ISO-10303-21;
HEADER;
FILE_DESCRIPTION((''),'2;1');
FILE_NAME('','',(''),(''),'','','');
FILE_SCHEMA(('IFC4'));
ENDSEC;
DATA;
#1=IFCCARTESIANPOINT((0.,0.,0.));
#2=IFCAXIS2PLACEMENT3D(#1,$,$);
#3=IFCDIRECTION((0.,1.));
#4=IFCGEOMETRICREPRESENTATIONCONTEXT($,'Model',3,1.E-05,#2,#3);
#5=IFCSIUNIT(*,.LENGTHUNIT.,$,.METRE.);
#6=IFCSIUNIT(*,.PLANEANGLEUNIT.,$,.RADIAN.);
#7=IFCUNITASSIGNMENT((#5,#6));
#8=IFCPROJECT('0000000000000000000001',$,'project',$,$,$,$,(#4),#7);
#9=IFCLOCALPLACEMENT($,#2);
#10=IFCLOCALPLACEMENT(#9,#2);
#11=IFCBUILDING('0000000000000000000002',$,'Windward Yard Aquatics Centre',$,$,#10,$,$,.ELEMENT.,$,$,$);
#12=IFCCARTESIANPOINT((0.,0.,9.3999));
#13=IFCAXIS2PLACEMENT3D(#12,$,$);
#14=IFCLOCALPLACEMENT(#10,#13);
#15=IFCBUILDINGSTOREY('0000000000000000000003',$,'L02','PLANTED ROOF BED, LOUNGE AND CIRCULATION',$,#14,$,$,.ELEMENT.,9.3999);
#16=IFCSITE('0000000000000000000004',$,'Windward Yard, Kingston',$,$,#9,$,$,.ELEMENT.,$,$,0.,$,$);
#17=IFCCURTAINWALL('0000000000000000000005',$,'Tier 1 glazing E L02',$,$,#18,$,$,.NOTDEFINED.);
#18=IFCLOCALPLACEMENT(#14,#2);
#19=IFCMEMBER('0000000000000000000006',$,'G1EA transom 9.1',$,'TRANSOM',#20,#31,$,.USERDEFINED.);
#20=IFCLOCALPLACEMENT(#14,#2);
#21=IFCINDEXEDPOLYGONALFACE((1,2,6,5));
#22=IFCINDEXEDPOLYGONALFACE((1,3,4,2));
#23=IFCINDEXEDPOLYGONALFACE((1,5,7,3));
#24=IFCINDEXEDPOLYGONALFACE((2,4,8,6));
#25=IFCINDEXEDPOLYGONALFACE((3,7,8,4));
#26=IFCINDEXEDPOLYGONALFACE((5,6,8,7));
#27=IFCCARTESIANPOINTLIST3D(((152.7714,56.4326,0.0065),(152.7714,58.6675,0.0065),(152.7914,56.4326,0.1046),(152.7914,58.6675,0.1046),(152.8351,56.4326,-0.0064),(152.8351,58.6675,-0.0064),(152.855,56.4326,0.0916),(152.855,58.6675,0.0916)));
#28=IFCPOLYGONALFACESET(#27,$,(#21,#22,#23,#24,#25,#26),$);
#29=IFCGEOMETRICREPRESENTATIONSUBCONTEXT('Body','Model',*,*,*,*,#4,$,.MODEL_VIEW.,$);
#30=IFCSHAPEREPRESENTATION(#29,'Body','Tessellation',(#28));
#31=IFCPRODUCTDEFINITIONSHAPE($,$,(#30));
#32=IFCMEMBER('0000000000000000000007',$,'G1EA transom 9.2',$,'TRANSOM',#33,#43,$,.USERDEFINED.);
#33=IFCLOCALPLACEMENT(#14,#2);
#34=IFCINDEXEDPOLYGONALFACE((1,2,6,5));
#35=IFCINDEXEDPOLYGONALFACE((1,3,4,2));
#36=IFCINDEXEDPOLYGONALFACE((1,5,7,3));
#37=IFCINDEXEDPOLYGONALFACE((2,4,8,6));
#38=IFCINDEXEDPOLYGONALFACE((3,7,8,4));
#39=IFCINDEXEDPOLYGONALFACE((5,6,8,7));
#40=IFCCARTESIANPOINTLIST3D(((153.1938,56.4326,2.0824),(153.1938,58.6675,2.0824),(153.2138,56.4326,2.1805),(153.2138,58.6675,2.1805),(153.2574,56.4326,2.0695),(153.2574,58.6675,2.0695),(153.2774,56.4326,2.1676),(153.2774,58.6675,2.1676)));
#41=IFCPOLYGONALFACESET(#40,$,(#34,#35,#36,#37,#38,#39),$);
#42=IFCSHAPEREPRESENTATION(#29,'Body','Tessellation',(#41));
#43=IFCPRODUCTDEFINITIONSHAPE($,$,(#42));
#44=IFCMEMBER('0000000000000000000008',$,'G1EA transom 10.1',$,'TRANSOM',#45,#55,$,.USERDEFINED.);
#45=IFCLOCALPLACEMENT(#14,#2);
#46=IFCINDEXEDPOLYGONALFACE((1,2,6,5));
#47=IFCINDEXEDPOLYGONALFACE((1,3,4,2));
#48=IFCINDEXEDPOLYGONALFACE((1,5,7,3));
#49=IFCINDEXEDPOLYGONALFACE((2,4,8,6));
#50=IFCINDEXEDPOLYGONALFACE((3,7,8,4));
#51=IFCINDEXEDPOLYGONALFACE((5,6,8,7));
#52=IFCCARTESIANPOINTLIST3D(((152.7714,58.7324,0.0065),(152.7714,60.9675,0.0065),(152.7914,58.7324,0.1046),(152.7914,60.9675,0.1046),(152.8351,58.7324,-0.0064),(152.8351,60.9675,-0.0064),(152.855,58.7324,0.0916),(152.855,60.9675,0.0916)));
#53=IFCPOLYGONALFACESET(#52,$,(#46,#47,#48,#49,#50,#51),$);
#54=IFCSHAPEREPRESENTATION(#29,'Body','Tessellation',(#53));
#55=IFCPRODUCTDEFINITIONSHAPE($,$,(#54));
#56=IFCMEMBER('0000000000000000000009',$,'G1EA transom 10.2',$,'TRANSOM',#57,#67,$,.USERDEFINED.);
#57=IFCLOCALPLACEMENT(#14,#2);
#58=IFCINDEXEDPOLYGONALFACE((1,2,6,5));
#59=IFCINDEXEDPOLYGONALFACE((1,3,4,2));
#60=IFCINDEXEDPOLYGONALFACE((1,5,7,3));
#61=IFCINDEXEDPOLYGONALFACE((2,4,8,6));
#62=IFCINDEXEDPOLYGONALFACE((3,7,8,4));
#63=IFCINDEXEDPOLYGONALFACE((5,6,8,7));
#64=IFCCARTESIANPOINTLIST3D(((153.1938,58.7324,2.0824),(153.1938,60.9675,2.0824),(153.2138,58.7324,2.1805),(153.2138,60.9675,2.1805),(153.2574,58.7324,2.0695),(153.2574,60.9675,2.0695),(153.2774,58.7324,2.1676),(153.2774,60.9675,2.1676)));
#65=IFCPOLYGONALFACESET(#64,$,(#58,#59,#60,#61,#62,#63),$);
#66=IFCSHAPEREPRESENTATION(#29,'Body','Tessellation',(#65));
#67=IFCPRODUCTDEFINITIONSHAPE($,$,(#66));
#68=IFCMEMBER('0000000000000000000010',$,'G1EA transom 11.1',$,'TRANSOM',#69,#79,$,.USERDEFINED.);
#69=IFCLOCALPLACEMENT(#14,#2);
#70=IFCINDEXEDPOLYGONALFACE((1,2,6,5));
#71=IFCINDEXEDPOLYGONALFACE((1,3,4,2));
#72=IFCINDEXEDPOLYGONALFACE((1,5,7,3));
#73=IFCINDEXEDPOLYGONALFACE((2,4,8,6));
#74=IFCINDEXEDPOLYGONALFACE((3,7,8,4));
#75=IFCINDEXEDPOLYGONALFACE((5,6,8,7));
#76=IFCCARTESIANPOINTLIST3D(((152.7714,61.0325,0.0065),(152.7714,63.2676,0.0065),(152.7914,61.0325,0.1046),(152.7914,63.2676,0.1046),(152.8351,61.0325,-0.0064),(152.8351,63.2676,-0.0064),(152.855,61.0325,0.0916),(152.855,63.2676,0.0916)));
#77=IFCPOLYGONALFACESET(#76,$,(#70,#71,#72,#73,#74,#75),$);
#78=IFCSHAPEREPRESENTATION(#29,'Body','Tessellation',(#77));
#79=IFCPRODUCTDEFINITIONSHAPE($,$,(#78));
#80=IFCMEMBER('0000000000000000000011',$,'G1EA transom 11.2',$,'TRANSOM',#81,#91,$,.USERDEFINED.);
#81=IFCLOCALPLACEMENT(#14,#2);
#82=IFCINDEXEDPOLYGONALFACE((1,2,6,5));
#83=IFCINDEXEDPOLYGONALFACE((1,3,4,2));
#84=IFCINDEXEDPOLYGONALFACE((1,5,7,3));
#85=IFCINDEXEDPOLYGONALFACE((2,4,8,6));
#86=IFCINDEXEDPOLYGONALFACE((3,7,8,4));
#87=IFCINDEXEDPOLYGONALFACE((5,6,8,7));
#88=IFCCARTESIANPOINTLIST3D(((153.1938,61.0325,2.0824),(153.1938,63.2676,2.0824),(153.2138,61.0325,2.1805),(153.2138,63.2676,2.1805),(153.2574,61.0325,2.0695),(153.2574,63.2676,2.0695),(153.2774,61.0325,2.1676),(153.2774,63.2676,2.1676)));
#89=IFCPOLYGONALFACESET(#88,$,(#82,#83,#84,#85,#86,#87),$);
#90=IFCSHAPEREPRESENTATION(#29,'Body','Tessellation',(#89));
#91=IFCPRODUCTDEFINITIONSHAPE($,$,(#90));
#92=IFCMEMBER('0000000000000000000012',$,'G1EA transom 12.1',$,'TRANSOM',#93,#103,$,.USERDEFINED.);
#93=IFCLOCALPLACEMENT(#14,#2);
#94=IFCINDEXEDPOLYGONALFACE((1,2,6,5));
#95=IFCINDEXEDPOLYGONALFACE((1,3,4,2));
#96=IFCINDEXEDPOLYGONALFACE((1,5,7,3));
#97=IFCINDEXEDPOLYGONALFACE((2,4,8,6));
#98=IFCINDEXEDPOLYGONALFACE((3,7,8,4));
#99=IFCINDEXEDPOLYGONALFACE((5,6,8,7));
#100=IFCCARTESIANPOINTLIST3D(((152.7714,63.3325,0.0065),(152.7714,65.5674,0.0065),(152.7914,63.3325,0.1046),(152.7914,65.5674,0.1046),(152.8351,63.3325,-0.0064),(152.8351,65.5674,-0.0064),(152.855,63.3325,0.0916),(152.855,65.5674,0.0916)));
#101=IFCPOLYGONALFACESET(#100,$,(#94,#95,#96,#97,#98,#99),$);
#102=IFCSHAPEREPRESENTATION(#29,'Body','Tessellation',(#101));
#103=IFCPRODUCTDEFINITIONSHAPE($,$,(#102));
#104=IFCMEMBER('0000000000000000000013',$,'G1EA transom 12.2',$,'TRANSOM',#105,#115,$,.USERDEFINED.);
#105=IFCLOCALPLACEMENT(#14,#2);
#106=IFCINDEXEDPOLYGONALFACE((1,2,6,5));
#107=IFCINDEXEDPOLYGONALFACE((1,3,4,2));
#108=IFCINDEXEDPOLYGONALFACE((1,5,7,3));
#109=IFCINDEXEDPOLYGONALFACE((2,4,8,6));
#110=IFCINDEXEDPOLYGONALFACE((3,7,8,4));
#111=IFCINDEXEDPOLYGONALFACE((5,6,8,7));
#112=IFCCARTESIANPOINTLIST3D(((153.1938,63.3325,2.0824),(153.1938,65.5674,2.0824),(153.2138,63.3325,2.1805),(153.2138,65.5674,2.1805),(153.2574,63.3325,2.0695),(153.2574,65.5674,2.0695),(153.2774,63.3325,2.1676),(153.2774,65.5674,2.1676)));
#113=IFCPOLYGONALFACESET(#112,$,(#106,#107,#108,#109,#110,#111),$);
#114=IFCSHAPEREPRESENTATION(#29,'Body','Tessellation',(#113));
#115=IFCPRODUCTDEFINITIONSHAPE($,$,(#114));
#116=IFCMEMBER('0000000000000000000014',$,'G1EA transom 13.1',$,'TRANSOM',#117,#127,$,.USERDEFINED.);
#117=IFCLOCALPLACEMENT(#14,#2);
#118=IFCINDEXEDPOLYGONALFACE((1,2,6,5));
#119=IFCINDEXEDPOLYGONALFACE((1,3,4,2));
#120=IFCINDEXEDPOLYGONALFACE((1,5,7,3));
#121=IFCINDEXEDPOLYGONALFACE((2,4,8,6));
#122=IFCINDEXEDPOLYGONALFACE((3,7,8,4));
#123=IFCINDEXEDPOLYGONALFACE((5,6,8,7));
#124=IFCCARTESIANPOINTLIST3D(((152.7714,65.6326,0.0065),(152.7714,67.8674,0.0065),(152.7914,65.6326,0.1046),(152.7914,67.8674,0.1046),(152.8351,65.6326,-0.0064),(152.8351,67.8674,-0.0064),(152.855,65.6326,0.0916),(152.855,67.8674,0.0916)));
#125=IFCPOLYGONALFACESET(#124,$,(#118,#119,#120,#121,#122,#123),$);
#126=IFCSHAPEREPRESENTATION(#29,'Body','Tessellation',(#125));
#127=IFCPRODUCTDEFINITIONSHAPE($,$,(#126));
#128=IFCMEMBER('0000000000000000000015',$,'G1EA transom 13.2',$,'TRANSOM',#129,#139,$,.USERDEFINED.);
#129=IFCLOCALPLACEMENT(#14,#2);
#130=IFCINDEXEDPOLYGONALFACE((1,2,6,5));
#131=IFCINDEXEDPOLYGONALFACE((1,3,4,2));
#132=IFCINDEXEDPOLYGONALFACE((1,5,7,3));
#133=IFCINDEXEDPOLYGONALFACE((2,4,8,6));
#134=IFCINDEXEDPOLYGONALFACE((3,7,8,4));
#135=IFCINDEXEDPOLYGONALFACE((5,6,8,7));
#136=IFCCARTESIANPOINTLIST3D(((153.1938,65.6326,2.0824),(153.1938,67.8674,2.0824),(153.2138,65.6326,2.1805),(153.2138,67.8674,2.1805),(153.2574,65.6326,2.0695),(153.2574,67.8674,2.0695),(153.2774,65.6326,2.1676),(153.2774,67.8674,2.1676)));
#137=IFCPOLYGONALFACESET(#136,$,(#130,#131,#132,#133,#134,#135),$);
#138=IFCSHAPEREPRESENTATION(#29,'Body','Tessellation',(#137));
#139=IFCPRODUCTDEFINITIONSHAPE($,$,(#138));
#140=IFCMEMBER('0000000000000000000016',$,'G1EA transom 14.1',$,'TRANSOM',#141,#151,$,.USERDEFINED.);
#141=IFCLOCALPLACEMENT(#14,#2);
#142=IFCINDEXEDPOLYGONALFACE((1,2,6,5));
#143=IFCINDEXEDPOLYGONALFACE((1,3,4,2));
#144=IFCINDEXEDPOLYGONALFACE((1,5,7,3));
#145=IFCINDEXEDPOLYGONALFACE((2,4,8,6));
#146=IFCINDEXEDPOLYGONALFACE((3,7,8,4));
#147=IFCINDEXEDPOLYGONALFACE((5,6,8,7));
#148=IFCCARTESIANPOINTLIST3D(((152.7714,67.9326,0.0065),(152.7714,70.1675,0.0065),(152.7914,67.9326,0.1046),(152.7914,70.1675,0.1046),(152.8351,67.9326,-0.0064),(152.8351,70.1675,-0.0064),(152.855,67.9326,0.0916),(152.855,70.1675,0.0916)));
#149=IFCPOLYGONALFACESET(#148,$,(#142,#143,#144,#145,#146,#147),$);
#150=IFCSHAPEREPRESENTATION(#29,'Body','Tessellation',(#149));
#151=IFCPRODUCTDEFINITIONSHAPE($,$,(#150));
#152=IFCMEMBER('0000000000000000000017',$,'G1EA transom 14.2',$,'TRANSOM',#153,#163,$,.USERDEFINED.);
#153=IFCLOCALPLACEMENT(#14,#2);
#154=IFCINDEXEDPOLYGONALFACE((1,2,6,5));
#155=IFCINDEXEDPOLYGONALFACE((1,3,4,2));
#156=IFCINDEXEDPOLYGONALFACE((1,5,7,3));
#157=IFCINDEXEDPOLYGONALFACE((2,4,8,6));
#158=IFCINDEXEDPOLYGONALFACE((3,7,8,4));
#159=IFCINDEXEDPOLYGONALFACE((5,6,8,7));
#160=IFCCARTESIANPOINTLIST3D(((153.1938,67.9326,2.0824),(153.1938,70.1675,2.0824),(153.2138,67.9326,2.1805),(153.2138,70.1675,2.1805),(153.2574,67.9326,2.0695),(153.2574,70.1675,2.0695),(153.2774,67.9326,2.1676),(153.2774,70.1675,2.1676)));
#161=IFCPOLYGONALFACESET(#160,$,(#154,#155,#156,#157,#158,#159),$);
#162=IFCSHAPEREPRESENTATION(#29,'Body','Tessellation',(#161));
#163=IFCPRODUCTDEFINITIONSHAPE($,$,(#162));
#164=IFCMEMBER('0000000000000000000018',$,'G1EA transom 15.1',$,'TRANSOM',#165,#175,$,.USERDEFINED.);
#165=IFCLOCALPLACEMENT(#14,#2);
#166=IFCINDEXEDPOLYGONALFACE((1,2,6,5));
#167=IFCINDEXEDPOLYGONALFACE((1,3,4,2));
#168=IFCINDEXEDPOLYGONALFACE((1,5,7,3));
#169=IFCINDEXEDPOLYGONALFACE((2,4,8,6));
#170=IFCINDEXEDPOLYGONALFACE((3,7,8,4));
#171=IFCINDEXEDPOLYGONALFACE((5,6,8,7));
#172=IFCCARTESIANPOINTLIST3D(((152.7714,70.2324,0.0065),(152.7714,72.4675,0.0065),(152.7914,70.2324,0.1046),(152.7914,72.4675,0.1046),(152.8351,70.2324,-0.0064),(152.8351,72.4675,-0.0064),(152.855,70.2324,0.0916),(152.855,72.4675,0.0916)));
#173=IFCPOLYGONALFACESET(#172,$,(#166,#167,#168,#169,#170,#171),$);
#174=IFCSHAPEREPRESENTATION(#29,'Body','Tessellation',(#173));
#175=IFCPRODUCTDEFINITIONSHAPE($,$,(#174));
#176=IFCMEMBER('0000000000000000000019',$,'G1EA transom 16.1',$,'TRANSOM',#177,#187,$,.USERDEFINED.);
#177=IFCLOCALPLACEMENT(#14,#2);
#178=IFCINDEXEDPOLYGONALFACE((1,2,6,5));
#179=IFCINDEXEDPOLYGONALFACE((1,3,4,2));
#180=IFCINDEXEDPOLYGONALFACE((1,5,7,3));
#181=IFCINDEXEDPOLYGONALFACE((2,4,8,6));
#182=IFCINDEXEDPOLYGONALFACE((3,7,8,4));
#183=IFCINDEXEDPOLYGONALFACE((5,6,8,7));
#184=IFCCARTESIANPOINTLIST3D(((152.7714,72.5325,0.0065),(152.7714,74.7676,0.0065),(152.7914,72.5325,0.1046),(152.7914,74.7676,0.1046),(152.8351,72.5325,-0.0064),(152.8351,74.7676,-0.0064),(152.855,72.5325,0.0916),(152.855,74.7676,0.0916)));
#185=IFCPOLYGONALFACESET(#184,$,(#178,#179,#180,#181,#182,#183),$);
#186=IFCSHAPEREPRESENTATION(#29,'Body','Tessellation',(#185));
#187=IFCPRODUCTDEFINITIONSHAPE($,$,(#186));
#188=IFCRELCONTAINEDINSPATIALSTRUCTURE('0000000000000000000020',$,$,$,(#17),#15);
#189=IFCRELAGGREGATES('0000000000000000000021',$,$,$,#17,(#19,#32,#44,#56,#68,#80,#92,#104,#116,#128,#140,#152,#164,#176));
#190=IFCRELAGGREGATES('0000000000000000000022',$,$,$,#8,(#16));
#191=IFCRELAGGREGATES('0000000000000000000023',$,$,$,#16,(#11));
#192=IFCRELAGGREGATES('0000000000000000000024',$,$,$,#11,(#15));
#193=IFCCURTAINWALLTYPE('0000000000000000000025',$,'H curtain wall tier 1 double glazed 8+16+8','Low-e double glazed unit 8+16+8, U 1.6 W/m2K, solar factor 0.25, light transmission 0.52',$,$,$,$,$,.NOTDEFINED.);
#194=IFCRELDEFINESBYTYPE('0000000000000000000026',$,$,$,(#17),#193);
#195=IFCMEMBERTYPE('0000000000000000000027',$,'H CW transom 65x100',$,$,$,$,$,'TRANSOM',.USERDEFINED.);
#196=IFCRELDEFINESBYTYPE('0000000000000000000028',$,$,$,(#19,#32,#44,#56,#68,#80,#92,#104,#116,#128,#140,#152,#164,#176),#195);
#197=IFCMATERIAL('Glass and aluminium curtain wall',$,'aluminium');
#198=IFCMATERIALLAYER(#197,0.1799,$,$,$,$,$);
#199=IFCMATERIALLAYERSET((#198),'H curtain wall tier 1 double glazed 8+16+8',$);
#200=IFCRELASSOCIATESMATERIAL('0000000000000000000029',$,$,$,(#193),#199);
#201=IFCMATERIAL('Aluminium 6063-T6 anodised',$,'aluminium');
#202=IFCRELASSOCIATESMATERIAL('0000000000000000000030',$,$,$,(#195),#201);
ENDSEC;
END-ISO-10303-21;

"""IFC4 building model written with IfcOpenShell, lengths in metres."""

from ifc_helpers import new_model, si_unit, direction, frame, origin, origin_2d, place, context, subcontext, project, spatial, rectangle, extrude, material, layer, layer_set, material_profile, profile_set, type_object, element, aggregate, save


model = new_model("IFC4")

# Units and contexts
model_context = context("Model", 3, precision=1e-05, world=origin(), true_north=direction((0.0, 1.0)))
body_context = subcontext(model_context, "Body", "Model", "MODEL_VIEW")
ifc_project = project(units=[si_unit("LENGTHUNIT", "METRE"), si_unit("PLANEANGLEUNIT", "RADIAN")], contexts=[model_context])

# Site, building, storey
site_placement = place(None, origin())
site = spatial("IfcSite", under=ifc_project, at=site_placement, Name="Windward Yard, Kingston", CompositionType="ELEMENT", RefElevation=0.0)
building_placement = place(site_placement, origin())
building = spatial("IfcBuilding", under=site, at=building_placement, Name="Windward Yard Aquatics Centre", CompositionType="ELEMENT")
storey_placement = place(building_placement, frame((0.0, 0.0, 9.3999)))
storey = spatial("IfcBuildingStorey", under=building, at=storey_placement, Name="L02", Description="PLANTED ROOF BED, LOUNGE AND CIRCULATION", CompositionType="ELEMENT", Elevation=9.3999)

# Curtain wall, members
ifc_material_1 = material(Name="Glass and aluminium curtain wall", Category="aluminium")
ifc_layer_1 = layer(ifc_material_1, 0.1799)
ifc_layer_set_1 = layer_set([ifc_layer_1], Name="H curtain wall tier 1 double glazed 8+16+8")
curtain_wall_type = type_object("IfcCurtainWallType", Name="H curtain wall tier 1 double glazed 8+16+8", Description="Low-e double glazed unit 8+16+8, U 1.6 W/m2K, solar factor 0.25, light transmission 0.52", PredefinedType="NOTDEFINED", material=ifc_layer_set_1)
curtain_wall_placement = place(storey_placement, origin())
curtain_wall = element("IfcCurtainWall", 1, at=curtain_wall_placement, inside=storey, type_object=curtain_wall_type, Name="Tier 1 glazing E L02", PredefinedType="NOTDEFINED")
ifc_material_2 = material(Name="Aluminium 6063-T6 anodised", Category="aluminium")
ifc_material_profile = material_profile(ifc_material_2, rectangle(XDim=0.0649, YDim=0.1001, at=origin_2d()), Name="H CW transom 65x100")
ifc_profile_set = profile_set([ifc_material_profile], Name="Aluminium 6063-T6 anodised")
member_type = type_object("IfcMemberType", Name="H CW transom 65x100", ElementType="TRANSOM", PredefinedType="USERDEFINED", material=ifc_profile_set)
member_1_placement = place(storey_placement, frame((152.8132, 56.4326, 0.0491), z_axis=(0.0, 1.0, 0.0), x_axis=(-0.979925, 0.0, 0.199368)))
member_1 = element("IfcMember", 2, at=member_1_placement, type_object=member_type, Name="G1EA transom 9.1", ObjectType="TRANSOM", PredefinedType="USERDEFINED", context=body_context, shape_type="SweptSolid", body=[
    extrude(rectangle(XDim=0.0649, YDim=0.1001, at=origin_2d()), origin(), (0.0, 0.0, 1.0), 2.2349),
])
member_2_placement = place(storey_placement, frame((153.2356, 56.4326, 2.125), z_axis=(0.0, 1.0, 0.0), x_axis=(-0.979925, 0.0, 0.199368)))
member_2 = element("IfcMember", 3, at=member_2_placement, type_object=member_type, Name="G1EA transom 9.2", ObjectType="TRANSOM", PredefinedType="USERDEFINED", context=body_context, shape_type="SweptSolid", body=[
    extrude(rectangle(XDim=0.0649, YDim=0.1001, at=origin_2d()), origin(), (0.0, 0.0, 1.0), 2.2349),
])
member_3_placement = place(storey_placement, frame((152.8132, 58.7324, 0.0491), z_axis=(0.0, 1.0, 0.0), x_axis=(-0.979925, 0.0, 0.199368)))
member_3 = element("IfcMember", 4, at=member_3_placement, type_object=member_type, Name="G1EA transom 10.1", ObjectType="TRANSOM", PredefinedType="USERDEFINED", context=body_context, shape_type="SweptSolid", body=[
    extrude(rectangle(XDim=0.0649, YDim=0.1001, at=origin_2d()), origin(), (0.0, 0.0, 1.0), 2.2351),
])
member_4_placement = place(storey_placement, frame((153.2356, 58.7324, 2.125), z_axis=(0.0, 1.0, 0.0), x_axis=(-0.979925, 0.0, 0.199368)))
member_4 = element("IfcMember", 5, at=member_4_placement, type_object=member_type, Name="G1EA transom 10.2", ObjectType="TRANSOM", PredefinedType="USERDEFINED", context=body_context, shape_type="SweptSolid", body=[
    extrude(rectangle(XDim=0.0649, YDim=0.1001, at=origin_2d()), origin(), (0.0, 0.0, 1.0), 2.2351),
])
member_5_placement = place(storey_placement, frame((152.8132, 61.0325, 0.0491), z_axis=(0.0, 1.0, 0.0), x_axis=(-0.979925, 0.0, 0.199368)))
member_5 = element("IfcMember", 6, at=member_5_placement, type_object=member_type, Name="G1EA transom 11.1", ObjectType="TRANSOM", PredefinedType="USERDEFINED", context=body_context, shape_type="SweptSolid", body=[
    extrude(rectangle(XDim=0.0649, YDim=0.1001, at=origin_2d()), origin(), (0.0, 0.0, 1.0), 2.2351),
])
member_6_placement = place(storey_placement, frame((153.2356, 61.0325, 2.125), z_axis=(0.0, 1.0, 0.0), x_axis=(-0.979925, 0.0, 0.199368)))
member_6 = element("IfcMember", 7, at=member_6_placement, type_object=member_type, Name="G1EA transom 11.2", ObjectType="TRANSOM", PredefinedType="USERDEFINED", context=body_context, shape_type="SweptSolid", body=[
    extrude(rectangle(XDim=0.0649, YDim=0.1001, at=origin_2d()), origin(), (0.0, 0.0, 1.0), 2.2351),
])
member_7_placement = place(storey_placement, frame((152.8132, 63.3325, 0.0491), z_axis=(0.0, 1.0, 0.0), x_axis=(-0.979925, 0.0, 0.199368)))
member_7 = element("IfcMember", 8, at=member_7_placement, type_object=member_type, Name="G1EA transom 12.1", ObjectType="TRANSOM", PredefinedType="USERDEFINED", context=body_context, shape_type="SweptSolid", body=[
    extrude(rectangle(XDim=0.0649, YDim=0.1001, at=origin_2d()), origin(), (0.0, 0.0, 1.0), 2.2349),
])
member_8_placement = place(storey_placement, frame((153.2356, 63.3325, 2.125), z_axis=(0.0, 1.0, 0.0), x_axis=(-0.979925, 0.0, 0.199368)))
member_8 = element("IfcMember", 9, at=member_8_placement, type_object=member_type, Name="G1EA transom 12.2", ObjectType="TRANSOM", PredefinedType="USERDEFINED", context=body_context, shape_type="SweptSolid", body=[
    extrude(rectangle(XDim=0.0649, YDim=0.1001, at=origin_2d()), origin(), (0.0, 0.0, 1.0), 2.2349),
])
member_9_placement = place(storey_placement, frame((152.8132, 65.6326, 0.0491), z_axis=(0.0, 1.0, 0.0), x_axis=(-0.979925, 0.0, 0.199368)))
member_9 = element("IfcMember", 10, at=member_9_placement, type_object=member_type, Name="G1EA transom 13.1", ObjectType="TRANSOM", PredefinedType="USERDEFINED", context=body_context, shape_type="SweptSolid", body=[
    extrude(rectangle(XDim=0.0649, YDim=0.1001, at=origin_2d()), origin(), (0.0, 0.0, 1.0), 2.2349),
])
member_10_placement = place(storey_placement, frame((153.2356, 65.6326, 2.125), z_axis=(0.0, 1.0, 0.0), x_axis=(-0.979925, 0.0, 0.199368)))
member_10 = element("IfcMember", 11, at=member_10_placement, type_object=member_type, Name="G1EA transom 13.2", ObjectType="TRANSOM", PredefinedType="USERDEFINED", context=body_context, shape_type="SweptSolid", body=[
    extrude(rectangle(XDim=0.0649, YDim=0.1001, at=origin_2d()), origin(), (0.0, 0.0, 1.0), 2.2349),
])
member_11_placement = place(storey_placement, frame((152.8132, 67.9326, 0.0491), z_axis=(0.0, 1.0, 0.0), x_axis=(-0.979925, 0.0, 0.199368)))
member_11 = element("IfcMember", 12, at=member_11_placement, type_object=member_type, Name="G1EA transom 14.1", ObjectType="TRANSOM", PredefinedType="USERDEFINED", context=body_context, shape_type="SweptSolid", body=[
    extrude(rectangle(XDim=0.0649, YDim=0.1001, at=origin_2d()), origin(), (0.0, 0.0, 1.0), 2.2349),
])
member_12_placement = place(storey_placement, frame((153.2356, 67.9326, 2.125), z_axis=(0.0, 1.0, 0.0), x_axis=(-0.979925, 0.0, 0.199368)))
member_12 = element("IfcMember", 13, at=member_12_placement, type_object=member_type, Name="G1EA transom 14.2", ObjectType="TRANSOM", PredefinedType="USERDEFINED", context=body_context, shape_type="SweptSolid", body=[
    extrude(rectangle(XDim=0.0649, YDim=0.1001, at=origin_2d()), origin(), (0.0, 0.0, 1.0), 2.2349),
])
member_13_placement = place(storey_placement, frame((152.8132, 70.2324, 0.0491), z_axis=(0.0, 1.0, 0.0), x_axis=(-0.979925, 0.0, 0.199368)))
member_13 = element("IfcMember", 14, at=member_13_placement, type_object=member_type, Name="G1EA transom 15.1", ObjectType="TRANSOM", PredefinedType="USERDEFINED", context=body_context, shape_type="SweptSolid", body=[
    extrude(rectangle(XDim=0.0649, YDim=0.1001, at=origin_2d()), origin(), (0.0, 0.0, 1.0), 2.2351),
])
member_14_placement = place(storey_placement, frame((152.8132, 72.5325, 0.0491), z_axis=(0.0, 1.0, 0.0), x_axis=(-0.979925, 0.0, 0.199368)))
member_14 = element("IfcMember", 15, at=member_14_placement, type_object=member_type, Name="G1EA transom 16.1", ObjectType="TRANSOM", PredefinedType="USERDEFINED", context=body_context, shape_type="SweptSolid", body=[
    extrude(rectangle(XDim=0.0649, YDim=0.1001, at=origin_2d()), origin(), (0.0, 0.0, 1.0), 2.2351),
])
aggregate(curtain_wall, [member_1, member_2, member_3, member_4, member_5, member_6, member_7, member_8, member_9, member_10, member_11, member_12, member_13, member_14])

save(model, "model.ifc")
